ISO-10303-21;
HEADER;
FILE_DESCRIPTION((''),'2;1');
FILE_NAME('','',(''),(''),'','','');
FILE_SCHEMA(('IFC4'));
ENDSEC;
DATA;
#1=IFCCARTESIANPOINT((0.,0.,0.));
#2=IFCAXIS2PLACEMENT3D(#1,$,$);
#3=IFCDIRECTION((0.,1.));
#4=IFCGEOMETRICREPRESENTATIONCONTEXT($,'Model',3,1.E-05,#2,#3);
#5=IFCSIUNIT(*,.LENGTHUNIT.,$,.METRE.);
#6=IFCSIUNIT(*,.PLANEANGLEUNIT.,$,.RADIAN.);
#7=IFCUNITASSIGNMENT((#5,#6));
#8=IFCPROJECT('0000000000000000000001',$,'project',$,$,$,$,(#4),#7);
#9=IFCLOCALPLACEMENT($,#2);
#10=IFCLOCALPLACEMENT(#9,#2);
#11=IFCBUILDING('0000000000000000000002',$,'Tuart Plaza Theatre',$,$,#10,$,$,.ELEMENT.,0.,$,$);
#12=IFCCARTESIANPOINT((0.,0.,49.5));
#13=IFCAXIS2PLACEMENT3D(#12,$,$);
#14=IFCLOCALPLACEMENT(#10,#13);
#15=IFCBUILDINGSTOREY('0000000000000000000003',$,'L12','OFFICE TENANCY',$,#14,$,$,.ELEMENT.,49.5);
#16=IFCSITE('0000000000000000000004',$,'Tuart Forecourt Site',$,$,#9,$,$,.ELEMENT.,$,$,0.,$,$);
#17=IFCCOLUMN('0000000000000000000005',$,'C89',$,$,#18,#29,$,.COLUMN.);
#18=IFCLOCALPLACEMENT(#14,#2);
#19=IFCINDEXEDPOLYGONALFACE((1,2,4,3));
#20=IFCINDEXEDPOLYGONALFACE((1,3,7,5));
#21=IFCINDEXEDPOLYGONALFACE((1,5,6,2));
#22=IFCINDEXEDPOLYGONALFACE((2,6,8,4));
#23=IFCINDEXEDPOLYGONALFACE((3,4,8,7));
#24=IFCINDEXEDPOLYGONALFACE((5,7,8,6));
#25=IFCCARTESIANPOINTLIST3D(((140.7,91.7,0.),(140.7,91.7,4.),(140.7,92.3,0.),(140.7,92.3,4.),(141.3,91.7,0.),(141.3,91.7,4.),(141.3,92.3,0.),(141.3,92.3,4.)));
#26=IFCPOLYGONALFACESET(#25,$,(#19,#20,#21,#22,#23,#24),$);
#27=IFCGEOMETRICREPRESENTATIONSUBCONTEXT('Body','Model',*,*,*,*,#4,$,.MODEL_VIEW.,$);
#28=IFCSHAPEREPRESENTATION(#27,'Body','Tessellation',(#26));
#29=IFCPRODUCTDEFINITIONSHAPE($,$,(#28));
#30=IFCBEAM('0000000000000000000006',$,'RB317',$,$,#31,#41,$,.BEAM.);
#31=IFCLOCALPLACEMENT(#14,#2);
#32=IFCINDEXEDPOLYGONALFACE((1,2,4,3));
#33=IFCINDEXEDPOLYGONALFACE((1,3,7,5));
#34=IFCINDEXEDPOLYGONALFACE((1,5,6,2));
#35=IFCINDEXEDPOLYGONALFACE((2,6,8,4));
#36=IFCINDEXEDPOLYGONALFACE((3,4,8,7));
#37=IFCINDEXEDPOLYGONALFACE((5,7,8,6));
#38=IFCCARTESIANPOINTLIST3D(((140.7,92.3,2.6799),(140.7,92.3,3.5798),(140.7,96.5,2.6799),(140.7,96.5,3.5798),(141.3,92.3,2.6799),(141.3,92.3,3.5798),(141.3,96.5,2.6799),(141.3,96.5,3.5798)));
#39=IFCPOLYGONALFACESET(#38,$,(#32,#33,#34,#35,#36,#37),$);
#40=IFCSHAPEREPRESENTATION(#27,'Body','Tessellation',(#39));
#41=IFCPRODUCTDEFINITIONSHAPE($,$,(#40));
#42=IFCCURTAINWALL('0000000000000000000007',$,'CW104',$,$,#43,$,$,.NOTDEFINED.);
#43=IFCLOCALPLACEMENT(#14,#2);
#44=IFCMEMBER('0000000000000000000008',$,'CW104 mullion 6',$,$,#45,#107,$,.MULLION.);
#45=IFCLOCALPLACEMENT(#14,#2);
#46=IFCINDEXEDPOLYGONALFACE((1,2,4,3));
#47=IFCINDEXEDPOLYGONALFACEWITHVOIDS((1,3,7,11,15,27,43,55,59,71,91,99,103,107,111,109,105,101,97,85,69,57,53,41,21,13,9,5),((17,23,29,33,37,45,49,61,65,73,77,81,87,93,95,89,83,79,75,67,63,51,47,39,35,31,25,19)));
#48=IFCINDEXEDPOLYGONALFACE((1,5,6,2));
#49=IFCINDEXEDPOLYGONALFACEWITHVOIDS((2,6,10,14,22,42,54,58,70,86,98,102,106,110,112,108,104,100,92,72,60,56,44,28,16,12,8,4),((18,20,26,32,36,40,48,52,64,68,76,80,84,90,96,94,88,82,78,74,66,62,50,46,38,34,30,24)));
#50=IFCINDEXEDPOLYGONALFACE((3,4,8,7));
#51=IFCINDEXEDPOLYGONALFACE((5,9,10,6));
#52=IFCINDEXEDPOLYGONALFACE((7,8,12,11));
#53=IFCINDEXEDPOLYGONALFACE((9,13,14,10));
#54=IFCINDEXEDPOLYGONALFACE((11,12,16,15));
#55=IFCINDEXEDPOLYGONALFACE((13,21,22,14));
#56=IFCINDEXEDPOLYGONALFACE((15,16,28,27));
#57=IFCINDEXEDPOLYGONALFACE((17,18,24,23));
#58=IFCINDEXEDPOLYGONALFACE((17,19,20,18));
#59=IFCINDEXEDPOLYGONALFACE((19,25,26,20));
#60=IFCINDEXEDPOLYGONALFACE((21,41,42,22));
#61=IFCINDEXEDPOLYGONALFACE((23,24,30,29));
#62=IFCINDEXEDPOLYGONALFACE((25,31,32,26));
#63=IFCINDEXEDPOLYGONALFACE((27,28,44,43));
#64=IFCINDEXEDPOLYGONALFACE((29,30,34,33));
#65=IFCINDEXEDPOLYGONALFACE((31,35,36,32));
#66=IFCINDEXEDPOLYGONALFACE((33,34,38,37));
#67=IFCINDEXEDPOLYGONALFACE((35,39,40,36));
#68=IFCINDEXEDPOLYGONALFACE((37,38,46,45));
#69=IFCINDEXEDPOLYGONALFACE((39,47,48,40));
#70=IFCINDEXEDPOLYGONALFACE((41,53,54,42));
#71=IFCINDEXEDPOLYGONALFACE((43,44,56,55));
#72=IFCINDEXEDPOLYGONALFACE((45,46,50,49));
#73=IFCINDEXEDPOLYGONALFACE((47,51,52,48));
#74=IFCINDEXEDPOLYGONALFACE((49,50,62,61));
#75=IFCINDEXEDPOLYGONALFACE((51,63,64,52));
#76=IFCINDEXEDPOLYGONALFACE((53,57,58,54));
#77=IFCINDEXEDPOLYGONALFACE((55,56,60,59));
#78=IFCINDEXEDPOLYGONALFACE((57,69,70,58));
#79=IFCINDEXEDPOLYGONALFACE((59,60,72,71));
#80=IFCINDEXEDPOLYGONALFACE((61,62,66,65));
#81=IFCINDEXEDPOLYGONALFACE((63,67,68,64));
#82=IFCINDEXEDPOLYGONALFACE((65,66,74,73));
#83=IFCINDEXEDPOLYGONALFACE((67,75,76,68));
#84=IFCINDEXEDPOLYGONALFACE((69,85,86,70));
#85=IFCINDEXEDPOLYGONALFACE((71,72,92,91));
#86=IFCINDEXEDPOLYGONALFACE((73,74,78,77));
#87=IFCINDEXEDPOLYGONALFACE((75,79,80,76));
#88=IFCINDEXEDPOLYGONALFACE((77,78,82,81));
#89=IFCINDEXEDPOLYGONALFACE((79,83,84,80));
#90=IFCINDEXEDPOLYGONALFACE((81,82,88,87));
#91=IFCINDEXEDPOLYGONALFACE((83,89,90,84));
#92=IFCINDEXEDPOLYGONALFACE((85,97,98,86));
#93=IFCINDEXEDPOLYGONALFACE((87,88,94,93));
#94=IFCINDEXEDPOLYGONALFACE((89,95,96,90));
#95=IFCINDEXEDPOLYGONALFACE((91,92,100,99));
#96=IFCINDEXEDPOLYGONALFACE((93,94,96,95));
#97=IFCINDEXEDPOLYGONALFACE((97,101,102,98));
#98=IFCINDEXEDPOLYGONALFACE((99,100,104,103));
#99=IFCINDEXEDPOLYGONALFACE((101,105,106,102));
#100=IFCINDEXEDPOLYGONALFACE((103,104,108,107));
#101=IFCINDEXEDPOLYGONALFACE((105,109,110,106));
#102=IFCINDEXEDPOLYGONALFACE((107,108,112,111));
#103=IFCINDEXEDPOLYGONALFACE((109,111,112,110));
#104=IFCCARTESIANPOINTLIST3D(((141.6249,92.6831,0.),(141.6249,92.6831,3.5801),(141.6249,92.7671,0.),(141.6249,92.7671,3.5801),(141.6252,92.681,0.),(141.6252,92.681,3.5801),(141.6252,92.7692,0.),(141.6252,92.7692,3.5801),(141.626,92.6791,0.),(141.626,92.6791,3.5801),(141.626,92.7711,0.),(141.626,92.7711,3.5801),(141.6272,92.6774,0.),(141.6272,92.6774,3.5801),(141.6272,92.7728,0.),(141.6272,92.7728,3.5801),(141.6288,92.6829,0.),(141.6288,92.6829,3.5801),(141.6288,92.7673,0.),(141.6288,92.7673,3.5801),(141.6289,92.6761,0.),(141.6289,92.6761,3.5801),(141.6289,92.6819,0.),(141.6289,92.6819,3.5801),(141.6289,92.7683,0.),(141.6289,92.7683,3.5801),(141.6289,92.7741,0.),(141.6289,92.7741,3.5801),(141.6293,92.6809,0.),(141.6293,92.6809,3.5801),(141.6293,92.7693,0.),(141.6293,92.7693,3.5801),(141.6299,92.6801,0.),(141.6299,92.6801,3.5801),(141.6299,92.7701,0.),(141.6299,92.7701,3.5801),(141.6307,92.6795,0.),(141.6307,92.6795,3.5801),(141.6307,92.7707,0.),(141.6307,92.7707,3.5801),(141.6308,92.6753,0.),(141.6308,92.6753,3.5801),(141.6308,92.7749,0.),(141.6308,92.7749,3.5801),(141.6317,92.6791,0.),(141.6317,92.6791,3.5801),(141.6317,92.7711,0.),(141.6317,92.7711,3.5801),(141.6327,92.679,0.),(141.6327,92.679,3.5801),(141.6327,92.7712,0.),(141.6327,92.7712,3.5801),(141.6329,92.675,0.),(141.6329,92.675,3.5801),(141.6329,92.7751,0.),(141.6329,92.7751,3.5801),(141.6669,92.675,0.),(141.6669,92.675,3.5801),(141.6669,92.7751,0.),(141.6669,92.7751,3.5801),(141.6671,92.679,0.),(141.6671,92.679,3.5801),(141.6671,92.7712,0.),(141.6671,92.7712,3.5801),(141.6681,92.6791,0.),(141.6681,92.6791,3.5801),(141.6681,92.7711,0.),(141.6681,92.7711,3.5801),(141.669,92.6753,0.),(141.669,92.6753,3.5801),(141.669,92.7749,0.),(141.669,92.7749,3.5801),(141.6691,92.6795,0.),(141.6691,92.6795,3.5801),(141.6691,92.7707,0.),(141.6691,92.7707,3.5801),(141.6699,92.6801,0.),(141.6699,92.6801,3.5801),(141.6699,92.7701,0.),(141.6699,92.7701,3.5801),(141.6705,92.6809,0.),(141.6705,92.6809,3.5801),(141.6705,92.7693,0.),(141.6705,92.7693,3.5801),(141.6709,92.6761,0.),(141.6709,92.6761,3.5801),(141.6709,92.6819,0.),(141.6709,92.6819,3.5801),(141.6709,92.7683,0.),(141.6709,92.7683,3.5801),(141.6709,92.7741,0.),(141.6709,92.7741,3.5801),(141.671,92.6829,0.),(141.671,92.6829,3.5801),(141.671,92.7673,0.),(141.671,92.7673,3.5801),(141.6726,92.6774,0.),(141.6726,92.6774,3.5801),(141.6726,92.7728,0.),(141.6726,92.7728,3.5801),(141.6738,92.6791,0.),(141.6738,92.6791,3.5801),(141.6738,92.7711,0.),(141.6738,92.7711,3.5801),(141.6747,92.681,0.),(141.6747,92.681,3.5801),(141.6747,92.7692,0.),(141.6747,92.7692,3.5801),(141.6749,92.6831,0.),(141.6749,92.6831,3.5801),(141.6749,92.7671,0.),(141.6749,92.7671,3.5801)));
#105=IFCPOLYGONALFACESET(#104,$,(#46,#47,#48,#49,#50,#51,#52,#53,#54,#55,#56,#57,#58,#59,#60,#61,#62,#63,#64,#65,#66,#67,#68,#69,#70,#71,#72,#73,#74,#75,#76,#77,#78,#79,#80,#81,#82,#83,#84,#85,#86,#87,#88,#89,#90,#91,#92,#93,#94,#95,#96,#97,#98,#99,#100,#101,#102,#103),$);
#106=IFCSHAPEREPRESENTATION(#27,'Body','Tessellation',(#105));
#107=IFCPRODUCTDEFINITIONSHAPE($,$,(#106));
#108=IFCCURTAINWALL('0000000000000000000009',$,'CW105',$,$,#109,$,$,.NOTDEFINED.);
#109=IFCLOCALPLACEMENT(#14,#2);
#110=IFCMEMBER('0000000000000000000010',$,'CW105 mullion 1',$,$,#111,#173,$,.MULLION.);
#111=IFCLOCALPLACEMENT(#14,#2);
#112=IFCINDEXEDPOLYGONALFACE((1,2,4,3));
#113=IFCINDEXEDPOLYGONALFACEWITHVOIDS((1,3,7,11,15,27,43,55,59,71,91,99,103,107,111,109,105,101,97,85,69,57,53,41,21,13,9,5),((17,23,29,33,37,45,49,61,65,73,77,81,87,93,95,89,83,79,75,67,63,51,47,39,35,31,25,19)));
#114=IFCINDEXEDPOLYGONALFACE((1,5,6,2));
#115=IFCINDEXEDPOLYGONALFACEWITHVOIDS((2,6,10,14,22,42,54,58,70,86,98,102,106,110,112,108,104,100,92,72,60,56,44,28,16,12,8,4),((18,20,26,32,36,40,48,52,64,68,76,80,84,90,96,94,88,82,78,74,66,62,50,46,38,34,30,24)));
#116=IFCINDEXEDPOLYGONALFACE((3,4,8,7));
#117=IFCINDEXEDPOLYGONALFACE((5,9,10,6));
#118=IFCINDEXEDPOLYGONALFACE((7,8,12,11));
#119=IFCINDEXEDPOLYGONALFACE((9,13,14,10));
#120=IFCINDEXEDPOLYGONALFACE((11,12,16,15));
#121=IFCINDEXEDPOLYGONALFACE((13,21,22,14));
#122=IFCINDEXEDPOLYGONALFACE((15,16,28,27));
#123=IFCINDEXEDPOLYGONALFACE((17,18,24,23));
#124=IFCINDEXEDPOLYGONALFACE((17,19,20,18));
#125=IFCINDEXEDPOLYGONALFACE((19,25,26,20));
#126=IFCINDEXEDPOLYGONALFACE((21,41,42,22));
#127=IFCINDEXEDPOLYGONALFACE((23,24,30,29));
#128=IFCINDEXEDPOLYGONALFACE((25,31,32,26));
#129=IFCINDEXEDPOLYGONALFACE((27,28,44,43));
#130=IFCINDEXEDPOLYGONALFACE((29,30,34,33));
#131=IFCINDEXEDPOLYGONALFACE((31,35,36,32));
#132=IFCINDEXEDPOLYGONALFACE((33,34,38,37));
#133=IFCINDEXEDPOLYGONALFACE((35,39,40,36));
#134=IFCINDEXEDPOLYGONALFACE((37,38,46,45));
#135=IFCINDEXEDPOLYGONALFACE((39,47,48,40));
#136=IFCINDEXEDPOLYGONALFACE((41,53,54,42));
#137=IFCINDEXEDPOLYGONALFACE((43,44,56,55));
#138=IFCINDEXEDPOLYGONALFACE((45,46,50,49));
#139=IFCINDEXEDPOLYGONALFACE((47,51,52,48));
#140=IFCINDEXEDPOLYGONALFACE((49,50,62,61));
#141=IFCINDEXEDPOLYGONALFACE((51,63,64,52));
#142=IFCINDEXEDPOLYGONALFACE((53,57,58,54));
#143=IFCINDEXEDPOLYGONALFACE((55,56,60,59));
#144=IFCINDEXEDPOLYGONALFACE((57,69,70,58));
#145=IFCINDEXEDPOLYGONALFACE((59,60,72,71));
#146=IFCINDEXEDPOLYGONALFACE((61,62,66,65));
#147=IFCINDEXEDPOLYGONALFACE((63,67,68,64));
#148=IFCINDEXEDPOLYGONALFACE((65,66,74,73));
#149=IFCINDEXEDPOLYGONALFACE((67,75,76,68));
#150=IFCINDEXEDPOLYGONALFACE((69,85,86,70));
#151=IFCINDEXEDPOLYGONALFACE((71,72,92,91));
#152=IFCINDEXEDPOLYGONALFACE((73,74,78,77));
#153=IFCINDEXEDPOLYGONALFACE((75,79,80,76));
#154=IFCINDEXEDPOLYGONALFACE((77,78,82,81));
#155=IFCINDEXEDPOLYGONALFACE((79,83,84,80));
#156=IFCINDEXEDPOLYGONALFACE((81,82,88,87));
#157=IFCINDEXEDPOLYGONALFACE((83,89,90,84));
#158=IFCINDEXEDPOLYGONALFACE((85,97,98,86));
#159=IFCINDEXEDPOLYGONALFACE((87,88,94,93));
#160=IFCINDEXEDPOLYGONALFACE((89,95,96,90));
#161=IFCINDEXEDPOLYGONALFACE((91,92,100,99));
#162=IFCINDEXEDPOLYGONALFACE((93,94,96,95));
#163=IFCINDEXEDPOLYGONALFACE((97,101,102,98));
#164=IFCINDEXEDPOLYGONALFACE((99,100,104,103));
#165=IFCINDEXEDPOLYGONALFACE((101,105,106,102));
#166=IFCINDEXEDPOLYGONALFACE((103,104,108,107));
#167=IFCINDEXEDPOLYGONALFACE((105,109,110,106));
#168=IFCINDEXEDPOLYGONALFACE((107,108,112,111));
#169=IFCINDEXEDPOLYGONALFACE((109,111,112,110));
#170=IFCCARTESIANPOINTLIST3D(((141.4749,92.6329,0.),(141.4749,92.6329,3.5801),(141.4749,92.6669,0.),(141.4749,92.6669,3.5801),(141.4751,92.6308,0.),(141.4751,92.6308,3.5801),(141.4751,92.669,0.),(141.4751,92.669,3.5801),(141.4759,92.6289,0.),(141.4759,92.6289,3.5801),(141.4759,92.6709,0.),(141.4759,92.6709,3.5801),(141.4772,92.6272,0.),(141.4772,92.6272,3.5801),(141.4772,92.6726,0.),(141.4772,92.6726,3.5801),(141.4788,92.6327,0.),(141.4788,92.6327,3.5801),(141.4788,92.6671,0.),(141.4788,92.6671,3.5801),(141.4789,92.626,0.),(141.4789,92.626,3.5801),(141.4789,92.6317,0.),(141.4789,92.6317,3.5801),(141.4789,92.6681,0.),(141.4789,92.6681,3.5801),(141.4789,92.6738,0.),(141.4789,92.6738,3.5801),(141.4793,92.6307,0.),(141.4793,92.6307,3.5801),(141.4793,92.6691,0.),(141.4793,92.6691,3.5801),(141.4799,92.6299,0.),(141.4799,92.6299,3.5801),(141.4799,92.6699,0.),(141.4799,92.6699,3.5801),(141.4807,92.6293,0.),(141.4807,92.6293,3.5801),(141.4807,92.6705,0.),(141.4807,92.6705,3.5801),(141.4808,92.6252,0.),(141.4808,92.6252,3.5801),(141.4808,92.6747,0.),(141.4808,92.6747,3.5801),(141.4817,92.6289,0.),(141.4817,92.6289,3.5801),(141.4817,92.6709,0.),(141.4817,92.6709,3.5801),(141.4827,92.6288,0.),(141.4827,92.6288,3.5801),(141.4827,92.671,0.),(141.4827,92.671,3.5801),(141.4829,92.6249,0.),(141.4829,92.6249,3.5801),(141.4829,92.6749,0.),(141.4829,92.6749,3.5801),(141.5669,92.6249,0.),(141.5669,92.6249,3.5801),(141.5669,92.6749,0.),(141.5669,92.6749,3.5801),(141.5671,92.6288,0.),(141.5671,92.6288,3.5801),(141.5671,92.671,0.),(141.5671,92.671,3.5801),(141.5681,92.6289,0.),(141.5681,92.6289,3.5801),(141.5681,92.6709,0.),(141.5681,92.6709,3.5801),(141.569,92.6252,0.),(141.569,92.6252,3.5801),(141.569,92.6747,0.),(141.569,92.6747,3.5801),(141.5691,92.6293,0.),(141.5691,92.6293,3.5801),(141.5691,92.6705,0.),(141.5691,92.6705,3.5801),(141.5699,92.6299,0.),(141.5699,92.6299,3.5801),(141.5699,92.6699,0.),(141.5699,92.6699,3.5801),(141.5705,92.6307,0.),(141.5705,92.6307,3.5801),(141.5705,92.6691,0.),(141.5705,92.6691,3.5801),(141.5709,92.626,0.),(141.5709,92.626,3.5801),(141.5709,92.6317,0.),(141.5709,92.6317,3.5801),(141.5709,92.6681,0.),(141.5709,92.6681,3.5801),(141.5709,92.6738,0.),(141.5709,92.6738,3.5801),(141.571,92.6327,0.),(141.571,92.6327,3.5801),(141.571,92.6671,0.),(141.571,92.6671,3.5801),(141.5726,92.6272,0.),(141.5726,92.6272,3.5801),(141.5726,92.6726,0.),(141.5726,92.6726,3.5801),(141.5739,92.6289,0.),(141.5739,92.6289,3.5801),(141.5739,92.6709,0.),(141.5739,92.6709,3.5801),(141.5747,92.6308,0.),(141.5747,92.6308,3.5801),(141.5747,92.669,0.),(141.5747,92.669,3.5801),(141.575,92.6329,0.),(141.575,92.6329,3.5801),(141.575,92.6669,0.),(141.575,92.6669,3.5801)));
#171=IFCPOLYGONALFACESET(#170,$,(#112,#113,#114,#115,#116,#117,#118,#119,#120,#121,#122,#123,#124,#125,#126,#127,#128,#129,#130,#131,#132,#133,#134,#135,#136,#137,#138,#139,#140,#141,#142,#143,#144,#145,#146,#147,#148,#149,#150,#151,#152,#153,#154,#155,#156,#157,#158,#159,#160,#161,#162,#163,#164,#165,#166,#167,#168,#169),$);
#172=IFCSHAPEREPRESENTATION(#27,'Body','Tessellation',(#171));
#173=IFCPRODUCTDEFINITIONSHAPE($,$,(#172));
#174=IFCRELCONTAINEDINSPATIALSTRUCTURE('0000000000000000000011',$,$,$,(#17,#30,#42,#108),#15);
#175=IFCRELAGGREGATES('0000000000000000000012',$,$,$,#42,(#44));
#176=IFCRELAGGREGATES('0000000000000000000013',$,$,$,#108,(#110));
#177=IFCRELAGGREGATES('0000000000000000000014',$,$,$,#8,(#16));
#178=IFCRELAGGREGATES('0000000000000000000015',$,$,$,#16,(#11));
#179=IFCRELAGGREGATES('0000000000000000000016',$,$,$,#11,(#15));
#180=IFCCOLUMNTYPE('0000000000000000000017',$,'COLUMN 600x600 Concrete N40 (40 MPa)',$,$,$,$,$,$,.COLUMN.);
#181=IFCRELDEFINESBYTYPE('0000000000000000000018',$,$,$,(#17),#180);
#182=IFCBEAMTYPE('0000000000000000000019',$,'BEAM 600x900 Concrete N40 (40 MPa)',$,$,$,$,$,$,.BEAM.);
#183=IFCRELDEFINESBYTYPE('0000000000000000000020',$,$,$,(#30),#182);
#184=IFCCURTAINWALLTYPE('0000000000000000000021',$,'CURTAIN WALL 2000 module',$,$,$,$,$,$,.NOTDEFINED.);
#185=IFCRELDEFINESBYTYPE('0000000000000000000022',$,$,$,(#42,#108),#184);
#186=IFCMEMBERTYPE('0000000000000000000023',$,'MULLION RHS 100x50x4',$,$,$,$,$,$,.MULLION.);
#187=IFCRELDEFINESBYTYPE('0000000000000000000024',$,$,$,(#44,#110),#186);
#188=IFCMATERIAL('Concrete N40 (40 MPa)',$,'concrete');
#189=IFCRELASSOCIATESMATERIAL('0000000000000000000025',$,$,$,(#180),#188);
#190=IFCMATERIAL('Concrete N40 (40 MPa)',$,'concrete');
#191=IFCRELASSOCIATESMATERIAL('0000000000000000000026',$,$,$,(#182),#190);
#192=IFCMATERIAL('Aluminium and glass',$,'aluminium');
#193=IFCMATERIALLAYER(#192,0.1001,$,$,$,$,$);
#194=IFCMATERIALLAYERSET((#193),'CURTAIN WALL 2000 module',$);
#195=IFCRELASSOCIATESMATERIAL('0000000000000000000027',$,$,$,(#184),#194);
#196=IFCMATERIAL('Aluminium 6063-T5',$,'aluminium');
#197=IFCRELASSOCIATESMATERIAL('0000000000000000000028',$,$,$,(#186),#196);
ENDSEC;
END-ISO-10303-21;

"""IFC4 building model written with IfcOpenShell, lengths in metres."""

from ifc_helpers import new_model, si_unit, direction, frame, origin, origin_2d, place, context, subcontext, project, spatial, rectangle, hollow_rectangle, extrude, material, layer, layer_set, material_profile, profile_set, type_object, element, aggregate, save


model = new_model("IFC4")

# Units and contexts
model_context = context("Model", 3, precision=1e-05, world=origin(), true_north=direction((0.0, 1.0)))
body_context = subcontext(model_context, "Body", "Model", "MODEL_VIEW")
ifc_project = project(units=[si_unit("LENGTHUNIT", "METRE"), si_unit("PLANEANGLEUNIT", "RADIAN")], contexts=[model_context])

# Site, building, storey
site_placement = place(None, origin())
site = spatial("IfcSite", under=ifc_project, at=site_placement, Name="Tuart Forecourt Site", CompositionType="ELEMENT", RefElevation=0.0)
building_placement = place(site_placement, origin())
building = spatial("IfcBuilding", under=site, at=building_placement, Name="Tuart Plaza Theatre", CompositionType="ELEMENT", ElevationOfRefHeight=0.0)
storey_placement = place(building_placement, frame((0.0, 0.0, 49.5)))
storey = spatial("IfcBuildingStorey", under=building, at=storey_placement, Name="L12", Description="OFFICE TENANCY", CompositionType="ELEMENT", Elevation=49.5)

# Column
ifc_material_1 = material(Name="Concrete N40 (40 MPa)", Category="concrete")
ifc_material_profile_1 = material_profile(ifc_material_1, rectangle(XDim=0.6001, YDim=0.6001, at=origin_2d()), Name="COLUMN 600x600 Concrete N40 (40 MPa)")
ifc_profile_set_1 = profile_set([ifc_material_profile_1], Name="Concrete N40 (40 MPa)")
column_type = type_object("IfcColumnType", Name="COLUMN 600x600 Concrete N40 (40 MPa)", PredefinedType="COLUMN", material=ifc_profile_set_1)
column_placement = place(storey_placement, frame((141.0, 92.0, 0.0), z_axis=(0.0, 0.0, 1.0), x_axis=(1.0, 0.0, 0.0)))
element("IfcColumn", 1, at=column_placement, inside=storey, type_object=column_type, Name="C89", PredefinedType="COLUMN", context=body_context, shape_type="SweptSolid", body=[
    extrude(rectangle(XDim=0.6001, YDim=0.6001, at=origin_2d()), origin(), (0.0, 0.0, 1.0), 4.0),
])

# Beam
ifc_material_2 = material(Name="Concrete N40 (40 MPa)", Category="concrete")
ifc_material_profile_2 = material_profile(ifc_material_2, rectangle(XDim=0.6001, YDim=0.8999, at=origin_2d()), Name="BEAM 600x900 Concrete N40 (40 MPa)")
ifc_profile_set_2 = profile_set([ifc_material_profile_2], Name="Concrete N40 (40 MPa)")
beam_type = type_object("IfcBeamType", Name="BEAM 600x900 Concrete N40 (40 MPa)", PredefinedType="BEAM", material=ifc_profile_set_2)
beam_placement = place(storey_placement, frame((141.0, 92.3, 3.1299), z_axis=(0.0, 1.0, 0.0), x_axis=(-1.0, 0.0, 0.0)))
element("IfcBeam", 2, at=beam_placement, inside=storey, type_object=beam_type, Name="RB317", PredefinedType="BEAM", context=body_context, shape_type="SweptSolid", body=[
    extrude(rectangle(XDim=0.6001, YDim=0.8999, at=origin_2d()), origin(), (0.0, 0.0, 1.0), 4.2),
])

# Curtain wall, member
ifc_material_3 = material(Name="Aluminium and glass", Category="aluminium")
ifc_layer_1 = layer(ifc_material_3, 0.1001)
ifc_layer_set_1 = layer_set([ifc_layer_1], Name="CURTAIN WALL 2000 module")
curtain_wall_type = type_object("IfcCurtainWallType", Name="CURTAIN WALL 2000 module", PredefinedType="NOTDEFINED", material=ifc_layer_set_1)
curtain_wall_1_placement = place(storey_placement, origin())
curtain_wall_1 = element("IfcCurtainWall", 3, at=curtain_wall_1_placement, inside=storey, type_object=curtain_wall_type, Name="CW104", PredefinedType="NOTDEFINED")
ifc_material_4 = material(Name="Aluminium 6063-T5", Category="aluminium")
ifc_material_profile_3 = material_profile(ifc_material_4, hollow_rectangle(XDim=0.05, YDim=0.1001, WallThickness=0.0039, InnerFilletRadius=0.0039, OuterFilletRadius=0.0081, at=origin_2d()), Name="RHS 100x50x4")
ifc_profile_set_3 = profile_set([ifc_material_profile_3], Name="Aluminium 6063-T5")
member_type_1 = type_object("IfcMemberType", Name="MULLION RHS 100x50x4", PredefinedType="MULLION", material=ifc_profile_set_3)
member_1_placement = place(storey_placement, frame((141.6499, 92.7251, 0.0), z_axis=(0.0, 0.0, 1.0), x_axis=(-1.0, 0.0, 0.0)))
member_1 = element("IfcMember", 4, at=member_1_placement, type_object=member_type_1, Name="CW104 mullion 6", PredefinedType="MULLION", context=body_context, shape_type="SweptSolid", body=[
    extrude(hollow_rectangle(XDim=0.05, YDim=0.1001, WallThickness=0.0039, InnerFilletRadius=0.0039, OuterFilletRadius=0.0081, at=origin_2d()), origin(), (0.0, 0.0, 1.0), 3.5801),
])
aggregate(curtain_wall_1, [member_1])

# Curtain wall, member
curtain_wall_2_placement = place(storey_placement, origin())
curtain_wall_2 = element("IfcCurtainWall", 5, at=curtain_wall_2_placement, inside=storey, type_object=curtain_wall_type, Name="CW105", PredefinedType="NOTDEFINED")
member_2_placement = place(storey_placement, frame((141.5249, 92.6499, 0.0), z_axis=(0.0, 0.0, 1.0), x_axis=(0.0, -1.0, 0.0)))
member_2 = element("IfcMember", 6, at=member_2_placement, type_object=member_type_1, Name="CW105 mullion 1", PredefinedType="MULLION", context=body_context, shape_type="SweptSolid", body=[
    extrude(hollow_rectangle(XDim=0.05, YDim=0.1001, WallThickness=0.0039, InnerFilletRadius=0.0039, OuterFilletRadius=0.0081, at=origin_2d()), origin(), (0.0, 0.0, 1.0), 3.5801),
])
aggregate(curtain_wall_2, [member_2])

save(model, "model.ifc")
